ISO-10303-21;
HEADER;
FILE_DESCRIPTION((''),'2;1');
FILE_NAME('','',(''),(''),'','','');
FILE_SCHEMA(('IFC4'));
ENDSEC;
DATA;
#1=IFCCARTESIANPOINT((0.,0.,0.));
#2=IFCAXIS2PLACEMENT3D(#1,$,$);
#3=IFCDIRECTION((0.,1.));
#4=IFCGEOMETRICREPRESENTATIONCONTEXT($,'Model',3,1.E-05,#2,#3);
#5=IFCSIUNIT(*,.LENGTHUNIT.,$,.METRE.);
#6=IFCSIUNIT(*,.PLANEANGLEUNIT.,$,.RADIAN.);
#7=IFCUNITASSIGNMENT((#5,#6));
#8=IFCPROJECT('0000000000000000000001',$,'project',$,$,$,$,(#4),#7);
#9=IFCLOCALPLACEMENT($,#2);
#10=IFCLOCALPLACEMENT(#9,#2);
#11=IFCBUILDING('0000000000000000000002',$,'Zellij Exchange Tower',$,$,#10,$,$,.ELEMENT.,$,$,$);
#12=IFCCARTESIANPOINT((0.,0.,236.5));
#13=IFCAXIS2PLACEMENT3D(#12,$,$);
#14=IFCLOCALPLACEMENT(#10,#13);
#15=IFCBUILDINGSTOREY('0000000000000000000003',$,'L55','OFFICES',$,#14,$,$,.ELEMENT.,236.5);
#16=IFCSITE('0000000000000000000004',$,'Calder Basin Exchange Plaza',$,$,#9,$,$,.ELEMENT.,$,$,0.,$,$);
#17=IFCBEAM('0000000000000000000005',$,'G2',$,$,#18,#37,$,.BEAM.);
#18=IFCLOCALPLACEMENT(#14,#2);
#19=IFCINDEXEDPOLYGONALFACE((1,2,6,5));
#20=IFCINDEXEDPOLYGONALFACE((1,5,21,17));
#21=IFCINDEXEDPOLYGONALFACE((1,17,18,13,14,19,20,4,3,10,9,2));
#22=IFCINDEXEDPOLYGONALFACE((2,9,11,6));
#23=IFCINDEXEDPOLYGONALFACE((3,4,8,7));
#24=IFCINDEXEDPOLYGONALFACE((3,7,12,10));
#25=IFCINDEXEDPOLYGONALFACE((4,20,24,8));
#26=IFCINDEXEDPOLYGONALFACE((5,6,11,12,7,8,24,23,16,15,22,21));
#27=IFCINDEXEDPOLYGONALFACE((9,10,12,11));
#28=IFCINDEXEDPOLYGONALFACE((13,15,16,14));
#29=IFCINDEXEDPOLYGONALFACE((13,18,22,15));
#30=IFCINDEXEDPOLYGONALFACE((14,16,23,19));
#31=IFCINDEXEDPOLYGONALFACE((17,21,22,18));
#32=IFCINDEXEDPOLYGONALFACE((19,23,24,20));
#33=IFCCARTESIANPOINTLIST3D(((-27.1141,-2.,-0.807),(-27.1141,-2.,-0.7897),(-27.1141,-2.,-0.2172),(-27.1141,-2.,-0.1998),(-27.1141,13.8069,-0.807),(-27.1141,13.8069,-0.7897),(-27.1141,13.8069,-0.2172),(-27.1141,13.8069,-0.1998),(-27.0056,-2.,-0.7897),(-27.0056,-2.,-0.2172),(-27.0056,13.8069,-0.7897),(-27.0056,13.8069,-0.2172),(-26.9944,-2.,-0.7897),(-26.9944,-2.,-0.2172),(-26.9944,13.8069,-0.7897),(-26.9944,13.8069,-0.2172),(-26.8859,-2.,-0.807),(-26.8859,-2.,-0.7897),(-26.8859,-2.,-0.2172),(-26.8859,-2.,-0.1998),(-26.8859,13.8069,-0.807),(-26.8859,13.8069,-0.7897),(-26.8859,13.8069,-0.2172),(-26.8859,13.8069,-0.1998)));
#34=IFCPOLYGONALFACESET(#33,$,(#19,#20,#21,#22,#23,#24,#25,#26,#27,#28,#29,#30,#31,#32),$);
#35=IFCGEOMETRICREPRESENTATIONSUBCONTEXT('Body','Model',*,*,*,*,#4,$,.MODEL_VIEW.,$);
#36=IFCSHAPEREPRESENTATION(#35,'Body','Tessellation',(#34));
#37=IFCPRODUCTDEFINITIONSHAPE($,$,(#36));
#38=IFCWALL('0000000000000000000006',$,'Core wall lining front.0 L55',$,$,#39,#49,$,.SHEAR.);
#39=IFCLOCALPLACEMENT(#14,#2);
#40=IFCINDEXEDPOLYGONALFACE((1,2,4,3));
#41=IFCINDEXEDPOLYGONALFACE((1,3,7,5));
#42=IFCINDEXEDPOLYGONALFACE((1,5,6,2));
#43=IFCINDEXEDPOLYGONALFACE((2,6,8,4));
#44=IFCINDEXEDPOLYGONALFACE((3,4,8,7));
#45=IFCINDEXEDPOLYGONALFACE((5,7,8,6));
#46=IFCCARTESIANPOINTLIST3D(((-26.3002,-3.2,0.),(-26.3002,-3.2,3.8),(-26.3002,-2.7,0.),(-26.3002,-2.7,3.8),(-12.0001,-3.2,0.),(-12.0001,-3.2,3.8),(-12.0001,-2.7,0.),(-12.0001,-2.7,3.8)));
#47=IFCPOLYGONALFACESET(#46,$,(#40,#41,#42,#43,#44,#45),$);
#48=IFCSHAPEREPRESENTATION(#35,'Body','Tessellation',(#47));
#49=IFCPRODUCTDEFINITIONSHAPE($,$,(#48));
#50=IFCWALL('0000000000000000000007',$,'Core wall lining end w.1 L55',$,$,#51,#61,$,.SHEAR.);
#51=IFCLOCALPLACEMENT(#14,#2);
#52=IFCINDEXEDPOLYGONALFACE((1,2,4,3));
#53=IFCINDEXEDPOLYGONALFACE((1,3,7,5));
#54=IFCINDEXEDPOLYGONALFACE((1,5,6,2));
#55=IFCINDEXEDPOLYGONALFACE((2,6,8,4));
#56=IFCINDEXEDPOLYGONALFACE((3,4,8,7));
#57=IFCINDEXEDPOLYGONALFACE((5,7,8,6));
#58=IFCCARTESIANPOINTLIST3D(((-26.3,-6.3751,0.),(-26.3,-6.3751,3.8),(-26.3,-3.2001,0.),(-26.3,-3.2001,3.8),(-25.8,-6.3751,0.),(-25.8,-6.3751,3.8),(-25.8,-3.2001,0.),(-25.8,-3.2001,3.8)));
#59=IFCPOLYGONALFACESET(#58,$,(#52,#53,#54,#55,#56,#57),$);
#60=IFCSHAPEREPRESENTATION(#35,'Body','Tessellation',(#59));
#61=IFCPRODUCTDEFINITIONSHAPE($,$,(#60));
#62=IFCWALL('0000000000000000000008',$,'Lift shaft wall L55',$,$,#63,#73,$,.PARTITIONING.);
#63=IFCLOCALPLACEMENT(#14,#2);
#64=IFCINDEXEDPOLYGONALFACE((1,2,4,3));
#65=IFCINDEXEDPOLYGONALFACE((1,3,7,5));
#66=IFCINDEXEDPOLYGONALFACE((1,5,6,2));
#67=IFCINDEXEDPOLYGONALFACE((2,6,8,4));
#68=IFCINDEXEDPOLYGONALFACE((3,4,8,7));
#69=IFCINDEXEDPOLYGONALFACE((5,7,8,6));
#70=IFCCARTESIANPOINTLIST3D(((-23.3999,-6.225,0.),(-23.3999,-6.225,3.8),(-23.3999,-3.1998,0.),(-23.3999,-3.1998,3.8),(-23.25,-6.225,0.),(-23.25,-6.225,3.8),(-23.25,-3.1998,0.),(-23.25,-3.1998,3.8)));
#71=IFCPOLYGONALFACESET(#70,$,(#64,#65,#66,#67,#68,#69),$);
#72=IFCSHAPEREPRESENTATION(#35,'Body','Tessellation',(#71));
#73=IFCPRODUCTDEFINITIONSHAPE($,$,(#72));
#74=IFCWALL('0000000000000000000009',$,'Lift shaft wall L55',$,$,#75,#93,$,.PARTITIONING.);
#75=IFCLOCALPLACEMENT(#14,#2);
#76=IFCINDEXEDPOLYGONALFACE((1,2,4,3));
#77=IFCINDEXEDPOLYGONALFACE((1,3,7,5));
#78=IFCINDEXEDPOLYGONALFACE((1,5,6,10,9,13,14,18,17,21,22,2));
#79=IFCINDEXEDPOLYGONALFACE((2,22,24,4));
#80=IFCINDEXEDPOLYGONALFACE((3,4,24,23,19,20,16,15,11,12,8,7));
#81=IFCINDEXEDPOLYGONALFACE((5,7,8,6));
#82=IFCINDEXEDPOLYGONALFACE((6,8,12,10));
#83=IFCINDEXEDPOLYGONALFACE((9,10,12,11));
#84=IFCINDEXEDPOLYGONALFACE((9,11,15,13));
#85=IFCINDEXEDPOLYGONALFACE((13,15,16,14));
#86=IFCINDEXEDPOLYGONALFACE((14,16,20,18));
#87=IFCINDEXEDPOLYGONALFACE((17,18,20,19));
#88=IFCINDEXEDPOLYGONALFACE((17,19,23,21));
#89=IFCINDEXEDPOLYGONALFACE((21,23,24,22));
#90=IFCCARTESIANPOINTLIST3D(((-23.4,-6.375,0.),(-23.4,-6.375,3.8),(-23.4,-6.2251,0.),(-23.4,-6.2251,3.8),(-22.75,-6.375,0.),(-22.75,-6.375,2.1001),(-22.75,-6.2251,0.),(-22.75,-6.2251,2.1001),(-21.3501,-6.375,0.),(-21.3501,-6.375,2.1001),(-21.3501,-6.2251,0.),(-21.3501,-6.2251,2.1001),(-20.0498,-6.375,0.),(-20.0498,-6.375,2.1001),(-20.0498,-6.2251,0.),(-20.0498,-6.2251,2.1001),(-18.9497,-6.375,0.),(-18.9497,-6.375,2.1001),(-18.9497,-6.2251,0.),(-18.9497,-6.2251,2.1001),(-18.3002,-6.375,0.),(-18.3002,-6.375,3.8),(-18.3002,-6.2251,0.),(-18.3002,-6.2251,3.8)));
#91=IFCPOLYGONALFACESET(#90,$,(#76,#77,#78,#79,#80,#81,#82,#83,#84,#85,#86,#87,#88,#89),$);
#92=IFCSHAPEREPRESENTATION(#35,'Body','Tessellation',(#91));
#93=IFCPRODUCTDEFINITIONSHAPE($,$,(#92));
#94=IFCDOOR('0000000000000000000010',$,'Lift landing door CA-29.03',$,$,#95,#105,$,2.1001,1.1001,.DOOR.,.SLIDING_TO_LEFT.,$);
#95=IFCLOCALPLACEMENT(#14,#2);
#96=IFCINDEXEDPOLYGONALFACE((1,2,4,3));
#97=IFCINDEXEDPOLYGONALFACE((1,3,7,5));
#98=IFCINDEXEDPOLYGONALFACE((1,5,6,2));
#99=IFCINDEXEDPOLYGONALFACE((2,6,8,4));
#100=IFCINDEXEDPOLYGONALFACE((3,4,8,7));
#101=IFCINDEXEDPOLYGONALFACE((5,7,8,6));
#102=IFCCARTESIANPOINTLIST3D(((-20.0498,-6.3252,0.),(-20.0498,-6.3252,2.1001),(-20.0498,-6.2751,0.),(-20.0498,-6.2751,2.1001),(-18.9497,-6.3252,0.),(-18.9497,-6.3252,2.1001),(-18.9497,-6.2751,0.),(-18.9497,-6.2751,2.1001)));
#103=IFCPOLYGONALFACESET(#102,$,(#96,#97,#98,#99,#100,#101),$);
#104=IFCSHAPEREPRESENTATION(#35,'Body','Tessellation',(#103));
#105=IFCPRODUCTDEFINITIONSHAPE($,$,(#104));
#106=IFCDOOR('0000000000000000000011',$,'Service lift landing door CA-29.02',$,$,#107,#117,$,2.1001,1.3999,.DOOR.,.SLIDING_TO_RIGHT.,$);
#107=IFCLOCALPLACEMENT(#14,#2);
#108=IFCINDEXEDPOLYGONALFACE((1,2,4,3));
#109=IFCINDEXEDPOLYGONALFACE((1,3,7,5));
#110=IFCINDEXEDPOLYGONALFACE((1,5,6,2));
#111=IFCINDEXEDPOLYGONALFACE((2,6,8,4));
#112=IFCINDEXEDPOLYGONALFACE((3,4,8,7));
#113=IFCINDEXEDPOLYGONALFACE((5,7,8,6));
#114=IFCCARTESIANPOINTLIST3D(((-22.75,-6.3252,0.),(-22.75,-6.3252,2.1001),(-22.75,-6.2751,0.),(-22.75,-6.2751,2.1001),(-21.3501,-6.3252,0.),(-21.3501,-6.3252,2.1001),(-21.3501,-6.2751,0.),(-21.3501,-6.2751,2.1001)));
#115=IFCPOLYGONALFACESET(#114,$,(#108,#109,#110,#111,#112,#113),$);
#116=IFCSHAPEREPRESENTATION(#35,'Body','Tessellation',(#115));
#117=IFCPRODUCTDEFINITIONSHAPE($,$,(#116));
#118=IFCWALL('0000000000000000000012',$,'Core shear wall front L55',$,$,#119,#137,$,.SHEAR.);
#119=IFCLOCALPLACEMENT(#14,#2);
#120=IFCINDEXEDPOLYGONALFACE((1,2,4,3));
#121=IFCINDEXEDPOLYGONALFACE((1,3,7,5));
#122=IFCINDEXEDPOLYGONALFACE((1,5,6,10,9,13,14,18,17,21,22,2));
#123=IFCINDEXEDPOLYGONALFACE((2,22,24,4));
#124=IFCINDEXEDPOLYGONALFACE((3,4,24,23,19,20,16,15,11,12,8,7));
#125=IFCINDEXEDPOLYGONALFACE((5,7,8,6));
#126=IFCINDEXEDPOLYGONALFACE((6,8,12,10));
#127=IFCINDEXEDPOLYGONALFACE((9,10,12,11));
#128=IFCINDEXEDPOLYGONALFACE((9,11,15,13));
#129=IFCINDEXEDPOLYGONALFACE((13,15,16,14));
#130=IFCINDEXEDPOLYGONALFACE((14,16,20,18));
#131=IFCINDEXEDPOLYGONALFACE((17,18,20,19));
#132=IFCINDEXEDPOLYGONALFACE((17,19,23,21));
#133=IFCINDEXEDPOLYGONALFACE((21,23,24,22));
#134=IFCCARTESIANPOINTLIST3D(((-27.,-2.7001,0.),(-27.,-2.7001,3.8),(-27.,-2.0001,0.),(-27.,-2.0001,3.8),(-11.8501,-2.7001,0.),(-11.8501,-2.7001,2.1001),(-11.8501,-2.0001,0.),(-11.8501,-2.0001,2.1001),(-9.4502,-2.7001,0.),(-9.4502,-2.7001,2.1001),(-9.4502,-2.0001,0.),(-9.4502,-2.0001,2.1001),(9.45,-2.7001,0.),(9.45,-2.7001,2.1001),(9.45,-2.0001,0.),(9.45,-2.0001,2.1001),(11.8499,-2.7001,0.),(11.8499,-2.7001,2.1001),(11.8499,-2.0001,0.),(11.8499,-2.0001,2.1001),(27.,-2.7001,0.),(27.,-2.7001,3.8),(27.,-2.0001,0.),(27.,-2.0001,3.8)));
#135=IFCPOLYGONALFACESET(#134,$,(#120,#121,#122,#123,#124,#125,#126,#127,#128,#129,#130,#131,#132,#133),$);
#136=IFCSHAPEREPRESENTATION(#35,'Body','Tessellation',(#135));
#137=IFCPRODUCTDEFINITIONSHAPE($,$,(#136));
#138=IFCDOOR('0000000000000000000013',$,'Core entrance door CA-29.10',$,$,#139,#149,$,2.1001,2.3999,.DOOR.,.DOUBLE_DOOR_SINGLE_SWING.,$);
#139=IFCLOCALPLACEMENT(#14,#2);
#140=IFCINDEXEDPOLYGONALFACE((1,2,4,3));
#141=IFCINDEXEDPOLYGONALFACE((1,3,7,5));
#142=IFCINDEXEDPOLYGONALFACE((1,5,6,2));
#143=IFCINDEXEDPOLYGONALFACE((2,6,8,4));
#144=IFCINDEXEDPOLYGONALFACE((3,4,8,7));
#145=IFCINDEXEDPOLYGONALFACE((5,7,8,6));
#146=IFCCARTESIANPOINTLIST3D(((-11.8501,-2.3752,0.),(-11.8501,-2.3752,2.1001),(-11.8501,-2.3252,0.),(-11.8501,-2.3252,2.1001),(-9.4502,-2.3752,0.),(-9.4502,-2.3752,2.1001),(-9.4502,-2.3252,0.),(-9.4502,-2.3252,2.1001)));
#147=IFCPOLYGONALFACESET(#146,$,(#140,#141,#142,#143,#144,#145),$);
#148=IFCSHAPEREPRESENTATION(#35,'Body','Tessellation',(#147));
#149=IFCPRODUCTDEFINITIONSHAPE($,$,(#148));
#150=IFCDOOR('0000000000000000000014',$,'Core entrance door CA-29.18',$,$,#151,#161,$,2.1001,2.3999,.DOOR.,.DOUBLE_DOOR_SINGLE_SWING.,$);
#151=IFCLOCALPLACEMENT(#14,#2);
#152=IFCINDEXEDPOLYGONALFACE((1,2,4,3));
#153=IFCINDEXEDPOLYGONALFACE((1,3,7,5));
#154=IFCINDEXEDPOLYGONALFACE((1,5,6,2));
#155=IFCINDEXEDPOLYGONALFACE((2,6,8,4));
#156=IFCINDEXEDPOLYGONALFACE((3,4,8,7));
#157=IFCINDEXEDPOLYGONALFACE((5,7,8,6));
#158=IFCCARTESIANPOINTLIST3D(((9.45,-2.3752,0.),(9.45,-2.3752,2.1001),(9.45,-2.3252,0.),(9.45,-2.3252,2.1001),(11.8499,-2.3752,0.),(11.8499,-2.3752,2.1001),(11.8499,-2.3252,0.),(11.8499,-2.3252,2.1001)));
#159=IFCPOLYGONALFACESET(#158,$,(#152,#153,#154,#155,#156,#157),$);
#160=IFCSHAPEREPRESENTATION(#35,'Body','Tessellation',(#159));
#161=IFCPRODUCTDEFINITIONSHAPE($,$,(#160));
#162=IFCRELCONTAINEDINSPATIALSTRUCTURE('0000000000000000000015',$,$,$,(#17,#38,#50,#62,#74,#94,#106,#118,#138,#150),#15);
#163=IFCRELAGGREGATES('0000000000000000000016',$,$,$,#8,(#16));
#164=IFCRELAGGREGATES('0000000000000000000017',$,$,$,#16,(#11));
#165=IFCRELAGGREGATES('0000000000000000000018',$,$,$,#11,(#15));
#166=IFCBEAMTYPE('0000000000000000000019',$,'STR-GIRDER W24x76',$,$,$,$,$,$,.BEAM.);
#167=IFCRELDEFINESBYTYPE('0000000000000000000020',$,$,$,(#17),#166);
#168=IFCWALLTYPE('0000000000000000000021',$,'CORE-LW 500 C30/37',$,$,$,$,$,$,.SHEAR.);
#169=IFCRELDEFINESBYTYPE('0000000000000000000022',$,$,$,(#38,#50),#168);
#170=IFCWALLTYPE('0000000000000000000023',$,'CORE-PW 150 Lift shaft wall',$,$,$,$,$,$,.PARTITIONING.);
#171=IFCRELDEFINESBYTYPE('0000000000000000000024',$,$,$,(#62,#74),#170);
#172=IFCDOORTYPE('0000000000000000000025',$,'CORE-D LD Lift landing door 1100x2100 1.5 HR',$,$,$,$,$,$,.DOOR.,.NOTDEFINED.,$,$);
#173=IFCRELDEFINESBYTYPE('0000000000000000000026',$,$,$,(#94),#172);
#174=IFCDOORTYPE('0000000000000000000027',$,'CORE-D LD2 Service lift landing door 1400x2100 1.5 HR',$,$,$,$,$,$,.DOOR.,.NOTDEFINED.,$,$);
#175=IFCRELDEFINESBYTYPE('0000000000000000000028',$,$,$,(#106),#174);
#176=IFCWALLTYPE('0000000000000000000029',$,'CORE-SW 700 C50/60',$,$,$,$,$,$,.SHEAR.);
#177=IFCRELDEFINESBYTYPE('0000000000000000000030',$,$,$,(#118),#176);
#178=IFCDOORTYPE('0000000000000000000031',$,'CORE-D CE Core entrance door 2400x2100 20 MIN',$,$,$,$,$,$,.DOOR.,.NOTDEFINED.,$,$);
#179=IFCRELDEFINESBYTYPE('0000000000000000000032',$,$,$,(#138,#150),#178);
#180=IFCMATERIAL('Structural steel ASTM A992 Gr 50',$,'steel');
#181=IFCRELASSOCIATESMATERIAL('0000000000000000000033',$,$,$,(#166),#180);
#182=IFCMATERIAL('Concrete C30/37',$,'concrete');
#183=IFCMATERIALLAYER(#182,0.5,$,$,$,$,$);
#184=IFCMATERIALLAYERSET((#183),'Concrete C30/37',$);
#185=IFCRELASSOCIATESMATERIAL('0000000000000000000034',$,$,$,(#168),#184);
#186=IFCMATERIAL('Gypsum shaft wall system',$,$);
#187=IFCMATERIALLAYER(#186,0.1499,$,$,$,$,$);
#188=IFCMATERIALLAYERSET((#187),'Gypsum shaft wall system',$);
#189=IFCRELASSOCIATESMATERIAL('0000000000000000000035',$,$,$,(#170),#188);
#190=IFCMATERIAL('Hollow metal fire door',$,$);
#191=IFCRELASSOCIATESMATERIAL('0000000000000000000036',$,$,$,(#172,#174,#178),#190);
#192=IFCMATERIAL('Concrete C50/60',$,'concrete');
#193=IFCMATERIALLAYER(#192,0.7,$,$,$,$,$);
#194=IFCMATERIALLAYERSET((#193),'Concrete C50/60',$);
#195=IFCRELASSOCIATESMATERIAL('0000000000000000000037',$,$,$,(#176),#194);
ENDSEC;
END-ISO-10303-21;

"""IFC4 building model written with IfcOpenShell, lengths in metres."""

from ifc_helpers import new_model, si_unit, direction, frame, frame_2d, origin, origin_2d, place, context, subcontext, project, spatial, rectangle, i_section, extrude, material, layer, layer_set, material_profile, profile_set, type_object, element, fill, save


model = new_model("IFC4")

# Units and contexts
model_context = context("Model", 3, precision=1e-05, world=origin(), true_north=direction((0.0, 1.0)))
body_context = subcontext(model_context, "Body", "Model", "MODEL_VIEW")
ifc_project = project(units=[si_unit("LENGTHUNIT", "METRE"), si_unit("PLANEANGLEUNIT", "RADIAN")], contexts=[model_context])

# Site, building, storey
site_placement = place(None, origin())
site = spatial("IfcSite", under=ifc_project, at=site_placement, Name="Calder Basin Exchange Plaza", CompositionType="ELEMENT", RefElevation=0.0)
building_placement = place(site_placement, origin())
building = spatial("IfcBuilding", under=site, at=building_placement, Name="Zellij Exchange Tower", CompositionType="ELEMENT")
storey_placement = place(building_placement, frame((0.0, 0.0, 236.5)))
storey = spatial("IfcBuildingStorey", under=building, at=storey_placement, Name="L55", Description="OFFICES", CompositionType="ELEMENT", Elevation=236.5)

# Shared definitions
ifc_material_1 = material(Name="Concrete C50/60", Category="concrete")
ifc_material_2 = material(Name="Structural steel ASTM A992 Gr 50", Category="steel")

# Beam
ifc_material_profile_1 = material_profile(ifc_material_2, i_section(OverallWidth=0.2283, OverallDepth=0.6072, WebThickness=0.0112, FlangeThickness=0.0173, at=origin_2d()), Name="W24x76")
ifc_profile_set_1 = profile_set([ifc_material_profile_1], Name="Structural steel ASTM A992 Gr 50")
beam_type_1 = type_object("IfcBeamType", Name="STR-GIRDER W24x76", PredefinedType="BEAM", material=ifc_profile_set_1)
beam_1_placement = place(storey_placement, frame((-27.0, -2.0, -0.5034), z_axis=(0.0, 1.0, 0.0), x_axis=(-1.0, 0.0, 0.0)))
element("IfcBeam", 1, at=beam_1_placement, inside=storey, type_object=beam_type_1, Name="G2", PredefinedType="BEAM", context=body_context, shape_type="SweptSolid", body=[
    extrude(i_section(OverallWidth=0.2283, OverallDepth=0.6072, WebThickness=0.0112, FlangeThickness=0.0173, at=origin_2d()), origin(), (0.0, 0.0, 1.0), 15.8069),
])

# Walls
ifc_material_3 = material(Name="Concrete C30/37", Category="concrete")
ifc_layer_1 = layer(ifc_material_3, 0.5)
ifc_layer_set_1 = layer_set([ifc_layer_1], Name="Concrete C30/37")
wall_type_1 = type_object("IfcWallType", Name="CORE-LW 500 C30/37", PredefinedType="SHEAR", material=ifc_layer_set_1)
wall_1_placement = place(storey_placement, frame((-26.3, -2.95, 0.0), z_axis=(0.0, 0.0, 1.0), x_axis=(1.0, 0.0, 0.0)))
element("IfcWall", 2, at=wall_1_placement, inside=storey, type_object=wall_type_1, Name="Core wall lining front.0 L55", PredefinedType="SHEAR", context=body_context, shape_type="SweptSolid", body=[
    extrude(rectangle(XDim=14.3, YDim=0.5, at=frame_2d((7.1499, 0.0))), origin(), (0.0, 0.0, 1.0), 3.8),
])
wall_2_placement = place(storey_placement, frame((-26.05, -6.375, 0.0), z_axis=(0.0, 0.0, 1.0), x_axis=(0.0, 1.0, 0.0)))
element("IfcWall", 3, at=wall_2_placement, inside=storey, type_object=wall_type_1, Name="Core wall lining end w.1 L55", PredefinedType="SHEAR", context=body_context, shape_type="SweptSolid", body=[
    extrude(rectangle(XDim=3.175, YDim=0.5, at=frame_2d((1.5874, 0.0))), origin(), (0.0, 0.0, 1.0), 3.8),
])
ifc_material_4 = material(Name="Gypsum shaft wall system")
ifc_layer_2 = layer(ifc_material_4, 0.1499)
ifc_layer_set_2 = layer_set([ifc_layer_2], Name="Gypsum shaft wall system")
wall_type_2 = type_object("IfcWallType", Name="CORE-PW 150 Lift shaft wall", PredefinedType="PARTITIONING", material=ifc_layer_set_2)
wall_3_placement = place(storey_placement, frame((-23.325, -6.2251, 0.0), z_axis=(0.0, 0.0, 1.0), x_axis=(0.0, 1.0, 0.0)))
element("IfcWall", 4, at=wall_3_placement, inside=storey, type_object=wall_type_2, Name="Lift shaft wall L55", PredefinedType="PARTITIONING", context=body_context, shape_type="SweptSolid", body=[
    extrude(rectangle(XDim=3.0251, YDim=0.1499, at=frame_2d((1.5127, 0.0))), origin(), (0.0, 0.0, 1.0), 3.8),
])

# Walls, openings, doors
wall_4_placement = place(storey_placement, frame((-23.3999, -6.3, 0.0), z_axis=(0.0, 0.0, 1.0), x_axis=(1.0, 0.0, 0.0)))
wall_4 = element("IfcWall", 5, at=wall_4_placement, inside=storey, type_object=wall_type_2, Name="Lift shaft wall L55", PredefinedType="PARTITIONING", context=body_context, shape_type="SweptSolid", body=[
    extrude(rectangle(XDim=5.0999, YDim=0.1499, at=frame_2d((2.5498, 0.0))), origin(), (0.0, 0.0, 1.0), 3.8),
])
opening_1_placement = place(wall_4_placement, frame((0.6499, 0.0, 0.0)))
opening_1 = element("IfcOpeningElement", 6, at=opening_1_placement, cuts=wall_4, PredefinedType="OPENING", context=body_context, shape_type="SweptSolid", body=[
    extrude(rectangle(XDim=1.3999, YDim=2.1001, at=frame_2d((0.7, 1.05))), frame((0.0, 0.0869, 0.0), z_axis=(0.0, -1.0, 0.0), x_axis=(1.0, 0.0, 0.0)), (0.0, 0.0, 1.0), 0.1738),
])
opening_2_placement = place(wall_4_placement, frame((3.3501, 0.0, 0.0)))
opening_2 = element("IfcOpeningElement", 7, at=opening_2_placement, cuts=wall_4, PredefinedType="OPENING", context=body_context, shape_type="SweptSolid", body=[
    extrude(rectangle(XDim=1.1001, YDim=2.1001, at=frame_2d((0.55, 1.05))), frame((0.0, 0.0869, 0.0), z_axis=(0.0, -1.0, 0.0), x_axis=(1.0, 0.0, 0.0)), (0.0, 0.0, 1.0), 0.1738),
])
ifc_material_5 = material(Name="Hollow metal fire door")
door_type_1 = type_object("IfcDoorType", Name="CORE-D LD Lift landing door 1100x2100 1.5 HR", OperationType="NOTDEFINED", PredefinedType="DOOR", material=ifc_material_5)
door_1_placement = place(opening_2_placement, origin())
door_1 = element("IfcDoor", 8, at=door_1_placement, inside=storey, type_object=door_type_1, Name="Lift landing door CA-29.03", OperationType="SLIDING_TO_LEFT", OverallHeight=2.1001, OverallWidth=1.1001, PredefinedType="DOOR", context=body_context, shape_type="SweptSolid", body=[
    extrude(rectangle(XDim=1.1001, YDim=2.1001, at=frame_2d((0.55, 1.05))), frame((0.0, 0.0249, 0.0), z_axis=(0.0, -1.0, 0.0), x_axis=(1.0, 0.0, 0.0)), (0.0, 0.0, 1.0), 0.05),
])
fill(opening_2, door_1)
door_type_2 = type_object("IfcDoorType", Name="CORE-D LD2 Service lift landing door 1400x2100 1.5 HR", OperationType="NOTDEFINED", PredefinedType="DOOR", material=ifc_material_5)
door_2_placement = place(opening_1_placement, origin())
door_2 = element("IfcDoor", 9, at=door_2_placement, inside=storey, type_object=door_type_2, Name="Service lift landing door CA-29.02", OperationType="SLIDING_TO_RIGHT", OverallHeight=2.1001, OverallWidth=1.3999, PredefinedType="DOOR", context=body_context, shape_type="SweptSolid", body=[
    extrude(rectangle(XDim=1.3999, YDim=2.1001, at=frame_2d((0.7, 1.05))), frame((0.0, 0.0249, 0.0), z_axis=(0.0, -1.0, 0.0), x_axis=(1.0, 0.0, 0.0)), (0.0, 0.0, 1.0), 0.05),
])
fill(opening_1, door_2)
ifc_layer_3 = layer(ifc_material_1, 0.7)
ifc_layer_set_3 = layer_set([ifc_layer_3], Name="Concrete C50/60")
wall_type_3 = type_object("IfcWallType", Name="CORE-SW 700 C50/60", PredefinedType="SHEAR", material=ifc_layer_set_3)
wall_5_placement = place(storey_placement, frame((-27.0, -2.3501, 0.0), z_axis=(0.0, 0.0, 1.0), x_axis=(1.0, 0.0, 0.0)))
wall_5 = element("IfcWall", 10, at=wall_5_placement, inside=storey, type_object=wall_type_3, Name="Core shear wall front L55", PredefinedType="SHEAR", context=body_context, shape_type="SweptSolid", body=[
    extrude(rectangle(XDim=54.0, YDim=0.7, at=frame_2d((27.0, 0.0))), origin(), (0.0, 0.0, 1.0), 3.8),
])
opening_3_placement = place(wall_5_placement, frame((15.1499, 0.0, 0.0)))
opening_3 = element("IfcOpeningElement", 11, at=opening_3_placement, cuts=wall_5, PredefinedType="OPENING", context=body_context, shape_type="SweptSolid", body=[
    extrude(rectangle(XDim=2.3999, YDim=2.1001, at=frame_2d((1.2, 1.05))), frame((0.0, 0.3618, 0.0), z_axis=(0.0, -1.0, 0.0), x_axis=(1.0, 0.0, 0.0)), (0.0, 0.0, 1.0), 0.7239),
])
opening_4_placement = place(wall_5_placement, frame((36.45, 0.0, 0.0)))
opening_4 = element("IfcOpeningElement", 12, at=opening_4_placement, cuts=wall_5, PredefinedType="OPENING", context=body_context, shape_type="SweptSolid", body=[
    extrude(rectangle(XDim=2.3999, YDim=2.1001, at=frame_2d((1.2, 1.05))), frame((0.0, 0.3618, 0.0), z_axis=(0.0, -1.0, 0.0), x_axis=(1.0, 0.0, 0.0)), (0.0, 0.0, 1.0), 0.7239),
])
door_type_3 = type_object("IfcDoorType", Name="CORE-D CE Core entrance door 2400x2100 20 MIN", OperationType="NOTDEFINED", PredefinedType="DOOR", material=ifc_material_5)
door_3_placement = place(opening_3_placement, origin())
door_3 = element("IfcDoor", 13, at=door_3_placement, inside=storey, type_object=door_type_3, Name="Core entrance door CA-29.10", OperationType="DOUBLE_DOOR_SINGLE_SWING", OverallHeight=2.1001, OverallWidth=2.3999, PredefinedType="DOOR", context=body_context, shape_type="SweptSolid", body=[
    extrude(rectangle(XDim=2.3999, YDim=2.1001, at=frame_2d((1.2, 1.05))), frame((0.0, 0.0249, 0.0), z_axis=(0.0, -1.0, 0.0), x_axis=(1.0, 0.0, 0.0)), (0.0, 0.0, 1.0), 0.05),
])
fill(opening_3, door_3)
door_4_placement = place(opening_4_placement, origin())
door_4 = element("IfcDoor", 14, at=door_4_placement, inside=storey, type_object=door_type_3, Name="Core entrance door CA-29.18", OperationType="DOUBLE_DOOR_SINGLE_SWING", OverallHeight=2.1001, OverallWidth=2.3999, PredefinedType="DOOR", context=body_context, shape_type="SweptSolid", body=[
    extrude(rectangle(XDim=2.3999, YDim=2.1001, at=frame_2d((1.2, 1.05))), frame((0.0, 0.0249, 0.0), z_axis=(0.0, -1.0, 0.0), x_axis=(1.0, 0.0, 0.0)), (0.0, 0.0, 1.0), 0.05),
])
fill(opening_4, door_4)

save(model, "model.ifc")
